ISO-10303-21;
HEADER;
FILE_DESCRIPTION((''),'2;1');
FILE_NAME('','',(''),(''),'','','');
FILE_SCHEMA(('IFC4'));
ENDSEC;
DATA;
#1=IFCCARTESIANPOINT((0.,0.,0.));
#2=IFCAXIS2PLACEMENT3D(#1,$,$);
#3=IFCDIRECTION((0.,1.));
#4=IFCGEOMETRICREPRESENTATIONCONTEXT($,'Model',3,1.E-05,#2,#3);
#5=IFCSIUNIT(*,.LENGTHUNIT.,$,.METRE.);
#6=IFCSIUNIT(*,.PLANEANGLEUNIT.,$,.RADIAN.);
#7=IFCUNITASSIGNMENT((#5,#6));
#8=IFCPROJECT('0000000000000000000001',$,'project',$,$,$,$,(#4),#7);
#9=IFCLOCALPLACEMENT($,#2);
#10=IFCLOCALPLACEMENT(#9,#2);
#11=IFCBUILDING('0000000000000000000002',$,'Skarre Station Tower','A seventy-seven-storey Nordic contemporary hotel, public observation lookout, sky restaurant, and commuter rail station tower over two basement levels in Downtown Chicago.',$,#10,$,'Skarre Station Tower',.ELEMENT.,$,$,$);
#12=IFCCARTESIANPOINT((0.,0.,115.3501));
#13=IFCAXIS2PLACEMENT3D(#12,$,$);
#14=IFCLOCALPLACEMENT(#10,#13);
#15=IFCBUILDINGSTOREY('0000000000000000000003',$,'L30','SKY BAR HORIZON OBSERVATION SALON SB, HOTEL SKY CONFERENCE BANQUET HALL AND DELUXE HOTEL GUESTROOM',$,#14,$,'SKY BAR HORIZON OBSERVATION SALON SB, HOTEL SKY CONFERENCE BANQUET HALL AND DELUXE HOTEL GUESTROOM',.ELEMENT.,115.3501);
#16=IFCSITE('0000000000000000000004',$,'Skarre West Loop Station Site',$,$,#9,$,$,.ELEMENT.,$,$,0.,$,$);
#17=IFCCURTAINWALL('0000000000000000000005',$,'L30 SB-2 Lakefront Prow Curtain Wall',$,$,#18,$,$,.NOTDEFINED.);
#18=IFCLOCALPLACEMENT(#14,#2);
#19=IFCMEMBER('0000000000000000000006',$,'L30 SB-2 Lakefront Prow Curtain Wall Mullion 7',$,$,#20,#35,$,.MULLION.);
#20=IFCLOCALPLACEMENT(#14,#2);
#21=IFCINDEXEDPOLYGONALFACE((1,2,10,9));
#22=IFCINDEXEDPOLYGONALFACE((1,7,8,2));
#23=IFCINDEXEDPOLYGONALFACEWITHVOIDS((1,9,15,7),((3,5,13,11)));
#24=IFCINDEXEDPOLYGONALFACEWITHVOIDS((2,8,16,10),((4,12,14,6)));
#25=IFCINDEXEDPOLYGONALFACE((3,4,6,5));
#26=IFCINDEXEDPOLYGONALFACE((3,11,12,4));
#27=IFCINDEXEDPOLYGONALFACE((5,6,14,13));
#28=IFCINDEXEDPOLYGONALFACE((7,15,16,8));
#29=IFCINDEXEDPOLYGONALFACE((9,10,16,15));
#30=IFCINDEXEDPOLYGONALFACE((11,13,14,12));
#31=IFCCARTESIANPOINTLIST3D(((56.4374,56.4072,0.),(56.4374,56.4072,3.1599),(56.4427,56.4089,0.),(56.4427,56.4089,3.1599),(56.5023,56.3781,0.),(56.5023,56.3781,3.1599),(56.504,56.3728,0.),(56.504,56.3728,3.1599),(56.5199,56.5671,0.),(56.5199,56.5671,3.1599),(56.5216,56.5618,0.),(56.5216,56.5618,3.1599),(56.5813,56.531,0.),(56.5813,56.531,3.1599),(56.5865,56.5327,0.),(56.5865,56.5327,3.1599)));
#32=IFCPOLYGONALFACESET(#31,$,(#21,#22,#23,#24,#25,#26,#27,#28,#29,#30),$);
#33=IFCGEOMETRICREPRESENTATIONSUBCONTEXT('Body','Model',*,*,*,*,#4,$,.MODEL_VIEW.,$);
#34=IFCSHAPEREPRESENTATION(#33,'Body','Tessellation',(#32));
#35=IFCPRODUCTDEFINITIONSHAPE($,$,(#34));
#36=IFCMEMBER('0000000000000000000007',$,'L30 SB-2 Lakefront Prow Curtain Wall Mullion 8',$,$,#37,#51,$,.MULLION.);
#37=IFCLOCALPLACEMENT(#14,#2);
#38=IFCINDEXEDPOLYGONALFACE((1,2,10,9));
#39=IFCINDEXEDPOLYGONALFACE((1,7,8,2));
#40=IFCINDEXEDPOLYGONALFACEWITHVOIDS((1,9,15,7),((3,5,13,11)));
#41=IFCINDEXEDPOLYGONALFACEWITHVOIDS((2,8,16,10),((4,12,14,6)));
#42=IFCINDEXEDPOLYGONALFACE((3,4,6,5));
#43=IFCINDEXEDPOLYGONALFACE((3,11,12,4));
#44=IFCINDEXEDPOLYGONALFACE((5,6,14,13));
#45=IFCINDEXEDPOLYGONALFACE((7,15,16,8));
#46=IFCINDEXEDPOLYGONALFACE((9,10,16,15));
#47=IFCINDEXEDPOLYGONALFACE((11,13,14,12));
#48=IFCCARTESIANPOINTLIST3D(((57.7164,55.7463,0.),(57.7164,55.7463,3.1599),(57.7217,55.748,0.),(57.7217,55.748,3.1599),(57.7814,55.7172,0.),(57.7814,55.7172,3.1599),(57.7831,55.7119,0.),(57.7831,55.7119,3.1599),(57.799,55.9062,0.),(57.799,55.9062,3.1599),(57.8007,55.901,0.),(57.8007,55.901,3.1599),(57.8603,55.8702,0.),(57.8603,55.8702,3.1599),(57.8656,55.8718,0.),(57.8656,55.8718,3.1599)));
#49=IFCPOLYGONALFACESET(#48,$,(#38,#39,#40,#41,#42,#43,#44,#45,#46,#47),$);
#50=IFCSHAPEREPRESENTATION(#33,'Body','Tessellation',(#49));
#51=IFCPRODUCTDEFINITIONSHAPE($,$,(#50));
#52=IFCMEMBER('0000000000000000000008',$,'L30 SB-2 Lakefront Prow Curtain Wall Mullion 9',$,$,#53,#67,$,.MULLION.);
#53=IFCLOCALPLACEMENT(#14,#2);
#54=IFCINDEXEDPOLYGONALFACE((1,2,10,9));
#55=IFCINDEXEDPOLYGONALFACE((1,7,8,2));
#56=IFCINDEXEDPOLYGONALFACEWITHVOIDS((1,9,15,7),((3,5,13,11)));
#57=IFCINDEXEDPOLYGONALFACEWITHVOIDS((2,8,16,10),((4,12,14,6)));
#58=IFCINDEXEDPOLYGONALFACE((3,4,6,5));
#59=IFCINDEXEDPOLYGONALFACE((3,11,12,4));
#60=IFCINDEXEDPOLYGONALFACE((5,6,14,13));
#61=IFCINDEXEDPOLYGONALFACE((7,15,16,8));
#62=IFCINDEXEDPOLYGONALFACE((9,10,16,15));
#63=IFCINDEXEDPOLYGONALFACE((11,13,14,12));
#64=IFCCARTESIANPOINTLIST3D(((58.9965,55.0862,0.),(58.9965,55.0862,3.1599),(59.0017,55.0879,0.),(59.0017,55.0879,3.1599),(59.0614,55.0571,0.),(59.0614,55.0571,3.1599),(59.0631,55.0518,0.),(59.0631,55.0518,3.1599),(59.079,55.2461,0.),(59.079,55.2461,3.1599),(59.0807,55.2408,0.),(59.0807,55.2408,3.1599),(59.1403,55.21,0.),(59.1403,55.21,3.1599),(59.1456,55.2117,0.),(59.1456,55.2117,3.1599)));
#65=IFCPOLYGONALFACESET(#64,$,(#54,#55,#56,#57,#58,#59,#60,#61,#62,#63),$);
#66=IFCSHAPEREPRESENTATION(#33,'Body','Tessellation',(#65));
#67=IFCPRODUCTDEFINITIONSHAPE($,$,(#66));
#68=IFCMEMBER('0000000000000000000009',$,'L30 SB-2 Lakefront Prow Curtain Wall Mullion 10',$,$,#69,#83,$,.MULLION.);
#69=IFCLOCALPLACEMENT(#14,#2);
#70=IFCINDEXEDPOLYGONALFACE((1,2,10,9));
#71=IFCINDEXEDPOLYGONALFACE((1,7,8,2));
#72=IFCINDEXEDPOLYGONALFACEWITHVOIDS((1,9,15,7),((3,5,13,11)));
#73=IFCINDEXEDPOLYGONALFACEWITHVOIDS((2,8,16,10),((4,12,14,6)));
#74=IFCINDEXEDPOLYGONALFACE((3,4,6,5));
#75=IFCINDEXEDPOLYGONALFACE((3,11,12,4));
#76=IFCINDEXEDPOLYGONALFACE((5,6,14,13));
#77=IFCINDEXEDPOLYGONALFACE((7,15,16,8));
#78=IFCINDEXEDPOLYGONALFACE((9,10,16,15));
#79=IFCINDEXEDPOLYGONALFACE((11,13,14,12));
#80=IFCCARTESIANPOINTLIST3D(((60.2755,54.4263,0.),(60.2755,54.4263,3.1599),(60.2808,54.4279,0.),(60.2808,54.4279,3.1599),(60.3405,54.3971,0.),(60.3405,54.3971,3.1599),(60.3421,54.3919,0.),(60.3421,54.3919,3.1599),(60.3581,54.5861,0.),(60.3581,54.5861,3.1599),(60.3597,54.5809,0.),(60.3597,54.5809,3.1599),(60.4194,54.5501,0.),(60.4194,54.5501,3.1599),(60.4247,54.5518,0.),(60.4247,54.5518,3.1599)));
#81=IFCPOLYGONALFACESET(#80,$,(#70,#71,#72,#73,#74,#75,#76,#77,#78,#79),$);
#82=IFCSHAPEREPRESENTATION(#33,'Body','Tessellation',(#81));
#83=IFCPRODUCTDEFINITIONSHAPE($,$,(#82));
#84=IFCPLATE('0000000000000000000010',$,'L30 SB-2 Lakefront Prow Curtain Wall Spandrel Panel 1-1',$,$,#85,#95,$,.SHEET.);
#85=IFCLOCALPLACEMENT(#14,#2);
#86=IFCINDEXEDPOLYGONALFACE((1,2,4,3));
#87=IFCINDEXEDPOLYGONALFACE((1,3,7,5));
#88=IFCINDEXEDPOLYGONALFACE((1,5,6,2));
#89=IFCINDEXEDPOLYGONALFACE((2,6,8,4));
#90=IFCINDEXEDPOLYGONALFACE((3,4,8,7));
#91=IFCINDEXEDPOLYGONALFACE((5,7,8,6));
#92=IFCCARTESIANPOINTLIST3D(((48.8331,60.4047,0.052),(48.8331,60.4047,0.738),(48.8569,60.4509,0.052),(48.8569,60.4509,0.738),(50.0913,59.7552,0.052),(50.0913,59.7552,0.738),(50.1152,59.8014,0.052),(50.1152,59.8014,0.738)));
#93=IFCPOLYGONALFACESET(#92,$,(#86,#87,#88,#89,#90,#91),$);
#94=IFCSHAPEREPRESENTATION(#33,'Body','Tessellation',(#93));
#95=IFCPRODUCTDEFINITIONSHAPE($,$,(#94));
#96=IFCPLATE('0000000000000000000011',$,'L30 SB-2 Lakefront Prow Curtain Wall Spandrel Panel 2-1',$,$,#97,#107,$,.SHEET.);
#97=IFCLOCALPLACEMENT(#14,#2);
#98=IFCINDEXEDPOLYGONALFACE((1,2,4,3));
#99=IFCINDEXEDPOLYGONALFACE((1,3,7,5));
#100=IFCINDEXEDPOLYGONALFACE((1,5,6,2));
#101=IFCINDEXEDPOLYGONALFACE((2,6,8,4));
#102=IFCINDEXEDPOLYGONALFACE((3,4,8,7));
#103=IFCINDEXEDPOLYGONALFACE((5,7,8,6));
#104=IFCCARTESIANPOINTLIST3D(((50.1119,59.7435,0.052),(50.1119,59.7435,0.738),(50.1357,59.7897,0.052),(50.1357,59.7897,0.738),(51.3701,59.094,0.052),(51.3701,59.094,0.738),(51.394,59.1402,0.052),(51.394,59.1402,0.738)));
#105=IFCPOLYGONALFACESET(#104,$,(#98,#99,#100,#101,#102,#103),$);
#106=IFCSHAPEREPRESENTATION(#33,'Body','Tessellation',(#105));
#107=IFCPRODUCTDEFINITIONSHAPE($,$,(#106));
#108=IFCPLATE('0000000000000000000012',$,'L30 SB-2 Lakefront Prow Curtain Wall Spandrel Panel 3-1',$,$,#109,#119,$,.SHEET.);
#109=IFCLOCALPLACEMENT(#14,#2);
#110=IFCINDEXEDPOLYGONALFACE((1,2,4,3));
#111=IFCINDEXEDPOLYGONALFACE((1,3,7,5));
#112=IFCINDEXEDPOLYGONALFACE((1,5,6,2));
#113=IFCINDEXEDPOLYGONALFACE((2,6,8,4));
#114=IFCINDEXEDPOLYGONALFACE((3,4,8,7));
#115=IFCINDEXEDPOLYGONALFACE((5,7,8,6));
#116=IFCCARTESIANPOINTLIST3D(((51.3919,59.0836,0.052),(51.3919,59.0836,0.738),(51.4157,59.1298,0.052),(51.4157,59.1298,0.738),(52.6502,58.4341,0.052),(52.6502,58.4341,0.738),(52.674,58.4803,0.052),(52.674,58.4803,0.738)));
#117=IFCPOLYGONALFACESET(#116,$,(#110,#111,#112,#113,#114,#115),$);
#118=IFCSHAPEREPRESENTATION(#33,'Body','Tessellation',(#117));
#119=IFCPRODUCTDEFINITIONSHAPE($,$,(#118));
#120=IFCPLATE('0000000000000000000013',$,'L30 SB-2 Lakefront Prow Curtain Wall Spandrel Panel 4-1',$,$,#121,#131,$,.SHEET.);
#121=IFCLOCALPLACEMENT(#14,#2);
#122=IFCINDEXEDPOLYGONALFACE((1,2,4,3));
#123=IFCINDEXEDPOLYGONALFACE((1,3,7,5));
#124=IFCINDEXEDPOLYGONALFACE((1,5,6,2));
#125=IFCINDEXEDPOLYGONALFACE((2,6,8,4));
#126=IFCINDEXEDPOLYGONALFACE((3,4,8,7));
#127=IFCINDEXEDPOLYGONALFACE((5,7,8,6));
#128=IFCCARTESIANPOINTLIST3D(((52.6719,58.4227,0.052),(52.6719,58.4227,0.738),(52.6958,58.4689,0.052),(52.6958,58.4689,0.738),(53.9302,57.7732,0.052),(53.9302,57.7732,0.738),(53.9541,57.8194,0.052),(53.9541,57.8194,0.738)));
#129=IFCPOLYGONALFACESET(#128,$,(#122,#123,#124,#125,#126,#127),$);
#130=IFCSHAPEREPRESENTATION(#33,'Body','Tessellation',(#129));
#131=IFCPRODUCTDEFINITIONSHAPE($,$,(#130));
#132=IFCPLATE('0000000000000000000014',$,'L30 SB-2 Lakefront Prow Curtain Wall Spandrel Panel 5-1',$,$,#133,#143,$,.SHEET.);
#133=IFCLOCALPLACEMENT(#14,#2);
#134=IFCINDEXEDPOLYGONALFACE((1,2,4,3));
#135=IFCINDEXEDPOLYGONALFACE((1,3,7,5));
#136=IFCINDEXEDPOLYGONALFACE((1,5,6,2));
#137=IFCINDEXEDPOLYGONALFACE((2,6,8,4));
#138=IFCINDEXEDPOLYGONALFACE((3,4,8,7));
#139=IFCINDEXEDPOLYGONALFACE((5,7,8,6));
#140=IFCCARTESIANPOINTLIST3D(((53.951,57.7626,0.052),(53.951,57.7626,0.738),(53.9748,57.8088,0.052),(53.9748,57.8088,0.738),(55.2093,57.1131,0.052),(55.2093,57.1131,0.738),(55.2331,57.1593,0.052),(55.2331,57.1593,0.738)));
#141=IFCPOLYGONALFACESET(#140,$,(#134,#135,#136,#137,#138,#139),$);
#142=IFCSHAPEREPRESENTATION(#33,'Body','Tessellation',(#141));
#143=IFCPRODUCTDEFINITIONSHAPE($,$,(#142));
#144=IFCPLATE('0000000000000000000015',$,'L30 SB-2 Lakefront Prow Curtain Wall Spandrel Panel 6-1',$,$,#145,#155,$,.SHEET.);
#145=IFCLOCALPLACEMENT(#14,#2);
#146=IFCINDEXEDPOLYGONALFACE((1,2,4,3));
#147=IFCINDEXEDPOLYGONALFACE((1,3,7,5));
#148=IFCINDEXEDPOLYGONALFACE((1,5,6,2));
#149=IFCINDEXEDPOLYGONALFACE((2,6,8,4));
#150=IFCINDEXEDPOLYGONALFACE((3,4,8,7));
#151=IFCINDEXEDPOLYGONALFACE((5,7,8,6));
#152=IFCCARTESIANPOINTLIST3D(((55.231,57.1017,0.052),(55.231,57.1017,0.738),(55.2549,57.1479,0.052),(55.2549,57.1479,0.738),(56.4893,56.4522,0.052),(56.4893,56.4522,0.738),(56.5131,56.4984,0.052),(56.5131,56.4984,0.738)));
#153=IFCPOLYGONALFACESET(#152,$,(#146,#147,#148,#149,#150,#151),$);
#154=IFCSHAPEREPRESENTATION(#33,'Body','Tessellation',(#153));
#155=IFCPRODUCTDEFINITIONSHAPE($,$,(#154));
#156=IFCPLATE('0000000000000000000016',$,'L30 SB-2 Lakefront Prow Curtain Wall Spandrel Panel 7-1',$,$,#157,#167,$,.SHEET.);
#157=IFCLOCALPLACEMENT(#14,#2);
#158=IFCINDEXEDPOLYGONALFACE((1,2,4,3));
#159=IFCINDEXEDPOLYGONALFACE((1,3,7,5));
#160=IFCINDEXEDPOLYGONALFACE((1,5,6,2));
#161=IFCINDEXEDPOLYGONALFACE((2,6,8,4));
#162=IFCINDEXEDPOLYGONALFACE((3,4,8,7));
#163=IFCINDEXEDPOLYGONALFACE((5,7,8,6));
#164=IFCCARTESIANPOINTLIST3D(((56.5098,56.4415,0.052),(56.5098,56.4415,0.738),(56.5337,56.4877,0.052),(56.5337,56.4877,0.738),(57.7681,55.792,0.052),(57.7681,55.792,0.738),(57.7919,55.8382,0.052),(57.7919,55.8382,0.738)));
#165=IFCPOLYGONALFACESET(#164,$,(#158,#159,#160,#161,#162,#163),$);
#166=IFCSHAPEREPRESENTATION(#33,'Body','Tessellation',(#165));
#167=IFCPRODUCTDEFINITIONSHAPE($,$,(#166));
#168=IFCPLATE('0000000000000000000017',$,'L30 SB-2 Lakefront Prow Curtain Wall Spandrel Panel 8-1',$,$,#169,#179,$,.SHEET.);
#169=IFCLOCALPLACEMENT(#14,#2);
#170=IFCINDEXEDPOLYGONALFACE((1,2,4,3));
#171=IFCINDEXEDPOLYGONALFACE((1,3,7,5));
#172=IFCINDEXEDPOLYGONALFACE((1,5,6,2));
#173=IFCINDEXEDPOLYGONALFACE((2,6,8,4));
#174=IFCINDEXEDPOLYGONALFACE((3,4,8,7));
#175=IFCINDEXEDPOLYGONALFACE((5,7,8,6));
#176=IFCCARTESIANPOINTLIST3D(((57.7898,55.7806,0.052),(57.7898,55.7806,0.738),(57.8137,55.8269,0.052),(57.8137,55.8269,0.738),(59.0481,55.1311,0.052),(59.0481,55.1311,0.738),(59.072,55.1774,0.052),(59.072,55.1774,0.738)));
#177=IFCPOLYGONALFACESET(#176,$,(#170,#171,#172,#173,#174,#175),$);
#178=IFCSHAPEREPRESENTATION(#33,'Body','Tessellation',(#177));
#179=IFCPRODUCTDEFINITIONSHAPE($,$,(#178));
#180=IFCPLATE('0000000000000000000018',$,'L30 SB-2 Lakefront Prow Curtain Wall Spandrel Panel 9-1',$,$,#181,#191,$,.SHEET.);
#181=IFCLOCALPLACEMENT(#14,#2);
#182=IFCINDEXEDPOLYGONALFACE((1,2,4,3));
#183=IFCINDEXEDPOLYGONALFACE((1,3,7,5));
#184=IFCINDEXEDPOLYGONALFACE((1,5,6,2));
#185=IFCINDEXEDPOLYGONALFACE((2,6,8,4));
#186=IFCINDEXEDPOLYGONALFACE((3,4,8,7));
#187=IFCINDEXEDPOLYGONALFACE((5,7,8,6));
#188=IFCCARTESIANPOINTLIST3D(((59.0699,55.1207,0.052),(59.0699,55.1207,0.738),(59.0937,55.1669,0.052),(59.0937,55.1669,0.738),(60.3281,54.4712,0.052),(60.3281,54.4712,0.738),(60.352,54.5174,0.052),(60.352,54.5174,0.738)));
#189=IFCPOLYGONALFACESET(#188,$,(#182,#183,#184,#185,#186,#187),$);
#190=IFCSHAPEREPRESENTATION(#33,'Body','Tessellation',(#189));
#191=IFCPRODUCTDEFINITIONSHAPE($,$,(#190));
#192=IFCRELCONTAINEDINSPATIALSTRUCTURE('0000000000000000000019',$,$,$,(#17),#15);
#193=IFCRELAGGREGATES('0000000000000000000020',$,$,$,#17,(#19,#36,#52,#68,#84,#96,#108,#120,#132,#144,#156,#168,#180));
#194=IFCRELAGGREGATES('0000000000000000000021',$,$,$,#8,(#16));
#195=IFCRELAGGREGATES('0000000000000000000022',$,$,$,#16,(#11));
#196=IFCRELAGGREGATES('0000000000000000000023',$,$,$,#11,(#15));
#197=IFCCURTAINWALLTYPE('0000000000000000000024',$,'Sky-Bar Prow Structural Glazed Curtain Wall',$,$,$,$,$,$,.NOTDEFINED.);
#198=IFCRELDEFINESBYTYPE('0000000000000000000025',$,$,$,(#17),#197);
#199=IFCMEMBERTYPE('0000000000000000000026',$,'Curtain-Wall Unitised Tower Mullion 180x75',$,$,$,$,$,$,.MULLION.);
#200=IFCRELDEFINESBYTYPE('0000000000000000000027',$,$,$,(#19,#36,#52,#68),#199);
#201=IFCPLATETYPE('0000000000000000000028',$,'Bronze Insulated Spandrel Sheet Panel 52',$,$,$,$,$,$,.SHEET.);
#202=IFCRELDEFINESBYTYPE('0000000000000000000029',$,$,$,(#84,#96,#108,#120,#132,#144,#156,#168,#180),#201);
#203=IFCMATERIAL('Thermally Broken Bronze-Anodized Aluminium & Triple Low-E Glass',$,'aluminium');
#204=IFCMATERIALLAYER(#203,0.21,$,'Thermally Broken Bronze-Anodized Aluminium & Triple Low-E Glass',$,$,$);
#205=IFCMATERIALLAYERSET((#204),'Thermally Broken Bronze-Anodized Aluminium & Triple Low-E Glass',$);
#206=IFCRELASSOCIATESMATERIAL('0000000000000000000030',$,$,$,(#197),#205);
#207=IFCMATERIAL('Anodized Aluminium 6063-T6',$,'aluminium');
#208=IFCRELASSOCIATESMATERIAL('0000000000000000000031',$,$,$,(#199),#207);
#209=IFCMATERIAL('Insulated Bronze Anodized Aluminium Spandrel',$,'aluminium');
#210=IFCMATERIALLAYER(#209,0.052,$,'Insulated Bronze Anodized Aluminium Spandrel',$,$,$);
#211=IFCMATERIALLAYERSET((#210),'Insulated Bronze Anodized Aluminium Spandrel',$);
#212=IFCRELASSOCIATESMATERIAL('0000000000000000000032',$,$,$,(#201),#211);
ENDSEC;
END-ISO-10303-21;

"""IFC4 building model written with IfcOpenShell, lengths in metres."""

from ifc_helpers import new_model, si_unit, direction, frame, origin, origin_2d, place, context, subcontext, project, spatial, rectangle, hollow_rectangle, extrude, material, layer, layer_set, material_profile, profile_set, type_object, element, aggregate, save


model = new_model("IFC4")

# Units and contexts
model_context = context("Model", 3, precision=1e-05, world=origin(), true_north=direction((0.0, 1.0)))
body_context = subcontext(model_context, "Body", "Model", "MODEL_VIEW")
ifc_project = project(units=[si_unit("LENGTHUNIT", "METRE"), si_unit("PLANEANGLEUNIT", "RADIAN")], contexts=[model_context])

# Site, building, storey
site_placement = place(None, origin())
site = spatial("IfcSite", under=ifc_project, at=site_placement, Name="Skarre West Loop Station Site", CompositionType="ELEMENT", RefElevation=0.0)
building_placement = place(site_placement, origin())
building = spatial("IfcBuilding", under=site, at=building_placement, Name="Skarre Station Tower", Description="A seventy-seven-storey Nordic contemporary hotel, public observation lookout, sky restaurant, and commuter rail station tower over two basement levels in Downtown Chicago.", LongName="Skarre Station Tower", CompositionType="ELEMENT")
storey_placement = place(building_placement, frame((0.0, 0.0, 115.3501)))
storey = spatial("IfcBuildingStorey", under=building, at=storey_placement, Name="L30", Description="SKY BAR HORIZON OBSERVATION SALON SB, HOTEL SKY CONFERENCE BANQUET HALL AND DELUXE HOTEL GUESTROOM", LongName="SKY BAR HORIZON OBSERVATION SALON SB, HOTEL SKY CONFERENCE BANQUET HALL AND DELUXE HOTEL GUESTROOM", CompositionType="ELEMENT", Elevation=115.3501)

# Curtain wall, members, plates
ifc_material_1 = material(Name="Thermally Broken Bronze-Anodized Aluminium & Triple Low-E Glass", Category="aluminium")
ifc_layer_1 = layer(ifc_material_1, 0.21, Name="Thermally Broken Bronze-Anodized Aluminium & Triple Low-E Glass")
ifc_layer_set_1 = layer_set([ifc_layer_1], Name="Thermally Broken Bronze-Anodized Aluminium & Triple Low-E Glass")
curtain_wall_type = type_object("IfcCurtainWallType", Name="Sky-Bar Prow Structural Glazed Curtain Wall", PredefinedType="NOTDEFINED", material=ifc_layer_set_1)
curtain_wall_placement = place(storey_placement, origin())
curtain_wall = element("IfcCurtainWall", 1, at=curtain_wall_placement, inside=storey, type_object=curtain_wall_type, Name="L30 SB-2 Lakefront Prow Curtain Wall", PredefinedType="NOTDEFINED")
ifc_material_2 = material(Name="Anodized Aluminium 6063-T6", Category="aluminium")
ifc_material_profile_1 = material_profile(ifc_material_2, hollow_rectangle(XDim=0.075, YDim=0.1799, WallThickness=0.0039, at=origin_2d()), Name="Anodized Aluminium 6063-T6")
ifc_profile_set_1 = profile_set([ifc_material_profile_1], Name="Anodized Aluminium 6063-T6")
member_type_1 = type_object("IfcMemberType", Name="Curtain-Wall Unitised Tower Mullion 180x75", PredefinedType="MULLION", material=ifc_profile_set_1)
member_1_placement = place(storey_placement, frame((56.512, 56.47, 0.0), z_axis=(0.0, 0.0, 1.0), x_axis=(0.888601, -0.458681, 0.0)))
member_1 = element("IfcMember", 2, at=member_1_placement, type_object=member_type_1, Name="L30 SB-2 Lakefront Prow Curtain Wall Mullion 7", PredefinedType="MULLION", context=body_context, shape_type="SweptSolid", body=[
    extrude(hollow_rectangle(XDim=0.075, YDim=0.1799, WallThickness=0.0039, at=origin_2d()), origin(), (0.0, 0.0, 1.0), 3.1599),
])
member_2_placement = place(storey_placement, frame((57.791, 55.8091, 0.0), z_axis=(0.0, 0.0, 1.0), x_axis=(0.888601, -0.458681, 0.0)))
member_2 = element("IfcMember", 3, at=member_2_placement, type_object=member_type_1, Name="L30 SB-2 Lakefront Prow Curtain Wall Mullion 8", PredefinedType="MULLION", context=body_context, shape_type="SweptSolid", body=[
    extrude(hollow_rectangle(XDim=0.075, YDim=0.1799, WallThickness=0.0039, at=origin_2d()), origin(), (0.0, 0.0, 1.0), 3.1599),
])
member_3_placement = place(storey_placement, frame((59.071, 55.1489, 0.0), z_axis=(0.0, 0.0, 1.0), x_axis=(0.888601, -0.458681, 0.0)))
member_3 = element("IfcMember", 4, at=member_3_placement, type_object=member_type_1, Name="L30 SB-2 Lakefront Prow Curtain Wall Mullion 9", PredefinedType="MULLION", context=body_context, shape_type="SweptSolid", body=[
    extrude(hollow_rectangle(XDim=0.075, YDim=0.1799, WallThickness=0.0039, at=origin_2d()), origin(), (0.0, 0.0, 1.0), 3.1599),
])
member_4_placement = place(storey_placement, frame((60.3501, 54.489, 0.0), z_axis=(0.0, 0.0, 1.0), x_axis=(0.888601, -0.458681, 0.0)))
member_4 = element("IfcMember", 5, at=member_4_placement, type_object=member_type_1, Name="L30 SB-2 Lakefront Prow Curtain Wall Mullion 10", PredefinedType="MULLION", context=body_context, shape_type="SweptSolid", body=[
    extrude(hollow_rectangle(XDim=0.075, YDim=0.1799, WallThickness=0.0039, at=origin_2d()), origin(), (0.0, 0.0, 1.0), 3.1599),
])
ifc_material_3 = material(Name="Insulated Bronze Anodized Aluminium Spandrel", Category="aluminium")
ifc_layer_2 = layer(ifc_material_3, 0.052, Name="Insulated Bronze Anodized Aluminium Spandrel")
ifc_layer_set_2 = layer_set([ifc_layer_2], Name="Insulated Bronze Anodized Aluminium Spandrel")
plate_type_1 = type_object("IfcPlateType", Name="Bronze Insulated Spandrel Sheet Panel 52", PredefinedType="SHEET", material=ifc_layer_set_2)
plate_1_placement = place(storey_placement, frame((49.4741, 60.103, 0.052), z_axis=(0.0, 0.0, 1.0), x_axis=(0.888601, -0.458681, 0.0)))
plate_1 = element("IfcPlate", 6, at=plate_1_placement, type_object=plate_type_1, Name="L30 SB-2 Lakefront Prow Curtain Wall Spandrel Panel 1-1", PredefinedType="SHEET", context=body_context, shape_type="SweptSolid", body=[
    extrude(rectangle(XDim=1.416, YDim=0.052, at=origin_2d()), origin(), (0.0, 0.0, 1.0), 0.686),
])
plate_2_placement = place(storey_placement, frame((50.7529, 59.4419, 0.052), z_axis=(0.0, 0.0, 1.0), x_axis=(0.888601, -0.458681, 0.0)))
plate_2 = element("IfcPlate", 7, at=plate_2_placement, type_object=plate_type_1, Name="L30 SB-2 Lakefront Prow Curtain Wall Spandrel Panel 2-1", PredefinedType="SHEET", context=body_context, shape_type="SweptSolid", body=[
    extrude(rectangle(XDim=1.416, YDim=0.052, at=origin_2d()), origin(), (0.0, 0.0, 1.0), 0.686),
])
plate_3_placement = place(storey_placement, frame((52.033, 58.782, 0.052), z_axis=(0.0, 0.0, 1.0), x_axis=(0.888601, -0.458681, 0.0)))
plate_3 = element("IfcPlate", 8, at=plate_3_placement, type_object=plate_type_1, Name="L30 SB-2 Lakefront Prow Curtain Wall Spandrel Panel 3-1", PredefinedType="SHEET", context=body_context, shape_type="SweptSolid", body=[
    extrude(rectangle(XDim=1.416, YDim=0.052, at=origin_2d()), origin(), (0.0, 0.0, 1.0), 0.686),
])
plate_4_placement = place(storey_placement, frame((53.313, 58.1211, 0.052), z_axis=(0.0, 0.0, 1.0), x_axis=(0.888601, -0.458681, 0.0)))
plate_4 = element("IfcPlate", 9, at=plate_4_placement, type_object=plate_type_1, Name="L30 SB-2 Lakefront Prow Curtain Wall Spandrel Panel 4-1", PredefinedType="SHEET", context=body_context, shape_type="SweptSolid", body=[
    extrude(rectangle(XDim=1.416, YDim=0.052, at=origin_2d()), origin(), (0.0, 0.0, 1.0), 0.686),
])
plate_5_placement = place(storey_placement, frame((54.592, 57.4609, 0.052), z_axis=(0.0, 0.0, 1.0), x_axis=(0.888601, -0.458681, 0.0)))
plate_5 = element("IfcPlate", 10, at=plate_5_placement, type_object=plate_type_1, Name="L30 SB-2 Lakefront Prow Curtain Wall Spandrel Panel 5-1", PredefinedType="SHEET", context=body_context, shape_type="SweptSolid", body=[
    extrude(rectangle(XDim=1.416, YDim=0.052, at=origin_2d()), origin(), (0.0, 0.0, 1.0), 0.686),
])
plate_6_placement = place(storey_placement, frame((55.8721, 56.8, 0.052), z_axis=(0.0, 0.0, 1.0), x_axis=(0.888601, -0.458681, 0.0)))
plate_6 = element("IfcPlate", 11, at=plate_6_placement, type_object=plate_type_1, Name="L30 SB-2 Lakefront Prow Curtain Wall Spandrel Panel 6-1", PredefinedType="SHEET", context=body_context, shape_type="SweptSolid", body=[
    extrude(rectangle(XDim=1.416, YDim=0.052, at=origin_2d()), origin(), (0.0, 0.0, 1.0), 0.686),
])
plate_7_placement = place(storey_placement, frame((57.1509, 56.1399, 0.052), z_axis=(0.0, 0.0, 1.0), x_axis=(0.888601, -0.458681, 0.0)))
plate_7 = element("IfcPlate", 12, at=plate_7_placement, type_object=plate_type_1, Name="L30 SB-2 Lakefront Prow Curtain Wall Spandrel Panel 7-1", PredefinedType="SHEET", context=body_context, shape_type="SweptSolid", body=[
    extrude(rectangle(XDim=1.416, YDim=0.052, at=origin_2d()), origin(), (0.0, 0.0, 1.0), 0.686),
])
plate_8_placement = place(storey_placement, frame((58.4309, 55.479, 0.052), z_axis=(0.0, 0.0, 1.0), x_axis=(0.888601, -0.458681, 0.0)))
plate_8 = element("IfcPlate", 13, at=plate_8_placement, type_object=plate_type_1, Name="L30 SB-2 Lakefront Prow Curtain Wall Spandrel Panel 8-1", PredefinedType="SHEET", context=body_context, shape_type="SweptSolid", body=[
    extrude(rectangle(XDim=1.416, YDim=0.052, at=origin_2d()), origin(), (0.0, 0.0, 1.0), 0.686),
])
plate_9_placement = place(storey_placement, frame((59.7109, 54.8191, 0.052), z_axis=(0.0, 0.0, 1.0), x_axis=(0.888601, -0.458681, 0.0)))
plate_9 = element("IfcPlate", 14, at=plate_9_placement, type_object=plate_type_1, Name="L30 SB-2 Lakefront Prow Curtain Wall Spandrel Panel 9-1", PredefinedType="SHEET", context=body_context, shape_type="SweptSolid", body=[
    extrude(rectangle(XDim=1.416, YDim=0.052, at=origin_2d()), origin(), (0.0, 0.0, 1.0), 0.686),
])
aggregate(curtain_wall, [member_1, member_2, member_3, member_4, plate_1, plate_2, plate_3, plate_4, plate_5, plate_6, plate_7, plate_8, plate_9])

save(model, "model.ifc")
